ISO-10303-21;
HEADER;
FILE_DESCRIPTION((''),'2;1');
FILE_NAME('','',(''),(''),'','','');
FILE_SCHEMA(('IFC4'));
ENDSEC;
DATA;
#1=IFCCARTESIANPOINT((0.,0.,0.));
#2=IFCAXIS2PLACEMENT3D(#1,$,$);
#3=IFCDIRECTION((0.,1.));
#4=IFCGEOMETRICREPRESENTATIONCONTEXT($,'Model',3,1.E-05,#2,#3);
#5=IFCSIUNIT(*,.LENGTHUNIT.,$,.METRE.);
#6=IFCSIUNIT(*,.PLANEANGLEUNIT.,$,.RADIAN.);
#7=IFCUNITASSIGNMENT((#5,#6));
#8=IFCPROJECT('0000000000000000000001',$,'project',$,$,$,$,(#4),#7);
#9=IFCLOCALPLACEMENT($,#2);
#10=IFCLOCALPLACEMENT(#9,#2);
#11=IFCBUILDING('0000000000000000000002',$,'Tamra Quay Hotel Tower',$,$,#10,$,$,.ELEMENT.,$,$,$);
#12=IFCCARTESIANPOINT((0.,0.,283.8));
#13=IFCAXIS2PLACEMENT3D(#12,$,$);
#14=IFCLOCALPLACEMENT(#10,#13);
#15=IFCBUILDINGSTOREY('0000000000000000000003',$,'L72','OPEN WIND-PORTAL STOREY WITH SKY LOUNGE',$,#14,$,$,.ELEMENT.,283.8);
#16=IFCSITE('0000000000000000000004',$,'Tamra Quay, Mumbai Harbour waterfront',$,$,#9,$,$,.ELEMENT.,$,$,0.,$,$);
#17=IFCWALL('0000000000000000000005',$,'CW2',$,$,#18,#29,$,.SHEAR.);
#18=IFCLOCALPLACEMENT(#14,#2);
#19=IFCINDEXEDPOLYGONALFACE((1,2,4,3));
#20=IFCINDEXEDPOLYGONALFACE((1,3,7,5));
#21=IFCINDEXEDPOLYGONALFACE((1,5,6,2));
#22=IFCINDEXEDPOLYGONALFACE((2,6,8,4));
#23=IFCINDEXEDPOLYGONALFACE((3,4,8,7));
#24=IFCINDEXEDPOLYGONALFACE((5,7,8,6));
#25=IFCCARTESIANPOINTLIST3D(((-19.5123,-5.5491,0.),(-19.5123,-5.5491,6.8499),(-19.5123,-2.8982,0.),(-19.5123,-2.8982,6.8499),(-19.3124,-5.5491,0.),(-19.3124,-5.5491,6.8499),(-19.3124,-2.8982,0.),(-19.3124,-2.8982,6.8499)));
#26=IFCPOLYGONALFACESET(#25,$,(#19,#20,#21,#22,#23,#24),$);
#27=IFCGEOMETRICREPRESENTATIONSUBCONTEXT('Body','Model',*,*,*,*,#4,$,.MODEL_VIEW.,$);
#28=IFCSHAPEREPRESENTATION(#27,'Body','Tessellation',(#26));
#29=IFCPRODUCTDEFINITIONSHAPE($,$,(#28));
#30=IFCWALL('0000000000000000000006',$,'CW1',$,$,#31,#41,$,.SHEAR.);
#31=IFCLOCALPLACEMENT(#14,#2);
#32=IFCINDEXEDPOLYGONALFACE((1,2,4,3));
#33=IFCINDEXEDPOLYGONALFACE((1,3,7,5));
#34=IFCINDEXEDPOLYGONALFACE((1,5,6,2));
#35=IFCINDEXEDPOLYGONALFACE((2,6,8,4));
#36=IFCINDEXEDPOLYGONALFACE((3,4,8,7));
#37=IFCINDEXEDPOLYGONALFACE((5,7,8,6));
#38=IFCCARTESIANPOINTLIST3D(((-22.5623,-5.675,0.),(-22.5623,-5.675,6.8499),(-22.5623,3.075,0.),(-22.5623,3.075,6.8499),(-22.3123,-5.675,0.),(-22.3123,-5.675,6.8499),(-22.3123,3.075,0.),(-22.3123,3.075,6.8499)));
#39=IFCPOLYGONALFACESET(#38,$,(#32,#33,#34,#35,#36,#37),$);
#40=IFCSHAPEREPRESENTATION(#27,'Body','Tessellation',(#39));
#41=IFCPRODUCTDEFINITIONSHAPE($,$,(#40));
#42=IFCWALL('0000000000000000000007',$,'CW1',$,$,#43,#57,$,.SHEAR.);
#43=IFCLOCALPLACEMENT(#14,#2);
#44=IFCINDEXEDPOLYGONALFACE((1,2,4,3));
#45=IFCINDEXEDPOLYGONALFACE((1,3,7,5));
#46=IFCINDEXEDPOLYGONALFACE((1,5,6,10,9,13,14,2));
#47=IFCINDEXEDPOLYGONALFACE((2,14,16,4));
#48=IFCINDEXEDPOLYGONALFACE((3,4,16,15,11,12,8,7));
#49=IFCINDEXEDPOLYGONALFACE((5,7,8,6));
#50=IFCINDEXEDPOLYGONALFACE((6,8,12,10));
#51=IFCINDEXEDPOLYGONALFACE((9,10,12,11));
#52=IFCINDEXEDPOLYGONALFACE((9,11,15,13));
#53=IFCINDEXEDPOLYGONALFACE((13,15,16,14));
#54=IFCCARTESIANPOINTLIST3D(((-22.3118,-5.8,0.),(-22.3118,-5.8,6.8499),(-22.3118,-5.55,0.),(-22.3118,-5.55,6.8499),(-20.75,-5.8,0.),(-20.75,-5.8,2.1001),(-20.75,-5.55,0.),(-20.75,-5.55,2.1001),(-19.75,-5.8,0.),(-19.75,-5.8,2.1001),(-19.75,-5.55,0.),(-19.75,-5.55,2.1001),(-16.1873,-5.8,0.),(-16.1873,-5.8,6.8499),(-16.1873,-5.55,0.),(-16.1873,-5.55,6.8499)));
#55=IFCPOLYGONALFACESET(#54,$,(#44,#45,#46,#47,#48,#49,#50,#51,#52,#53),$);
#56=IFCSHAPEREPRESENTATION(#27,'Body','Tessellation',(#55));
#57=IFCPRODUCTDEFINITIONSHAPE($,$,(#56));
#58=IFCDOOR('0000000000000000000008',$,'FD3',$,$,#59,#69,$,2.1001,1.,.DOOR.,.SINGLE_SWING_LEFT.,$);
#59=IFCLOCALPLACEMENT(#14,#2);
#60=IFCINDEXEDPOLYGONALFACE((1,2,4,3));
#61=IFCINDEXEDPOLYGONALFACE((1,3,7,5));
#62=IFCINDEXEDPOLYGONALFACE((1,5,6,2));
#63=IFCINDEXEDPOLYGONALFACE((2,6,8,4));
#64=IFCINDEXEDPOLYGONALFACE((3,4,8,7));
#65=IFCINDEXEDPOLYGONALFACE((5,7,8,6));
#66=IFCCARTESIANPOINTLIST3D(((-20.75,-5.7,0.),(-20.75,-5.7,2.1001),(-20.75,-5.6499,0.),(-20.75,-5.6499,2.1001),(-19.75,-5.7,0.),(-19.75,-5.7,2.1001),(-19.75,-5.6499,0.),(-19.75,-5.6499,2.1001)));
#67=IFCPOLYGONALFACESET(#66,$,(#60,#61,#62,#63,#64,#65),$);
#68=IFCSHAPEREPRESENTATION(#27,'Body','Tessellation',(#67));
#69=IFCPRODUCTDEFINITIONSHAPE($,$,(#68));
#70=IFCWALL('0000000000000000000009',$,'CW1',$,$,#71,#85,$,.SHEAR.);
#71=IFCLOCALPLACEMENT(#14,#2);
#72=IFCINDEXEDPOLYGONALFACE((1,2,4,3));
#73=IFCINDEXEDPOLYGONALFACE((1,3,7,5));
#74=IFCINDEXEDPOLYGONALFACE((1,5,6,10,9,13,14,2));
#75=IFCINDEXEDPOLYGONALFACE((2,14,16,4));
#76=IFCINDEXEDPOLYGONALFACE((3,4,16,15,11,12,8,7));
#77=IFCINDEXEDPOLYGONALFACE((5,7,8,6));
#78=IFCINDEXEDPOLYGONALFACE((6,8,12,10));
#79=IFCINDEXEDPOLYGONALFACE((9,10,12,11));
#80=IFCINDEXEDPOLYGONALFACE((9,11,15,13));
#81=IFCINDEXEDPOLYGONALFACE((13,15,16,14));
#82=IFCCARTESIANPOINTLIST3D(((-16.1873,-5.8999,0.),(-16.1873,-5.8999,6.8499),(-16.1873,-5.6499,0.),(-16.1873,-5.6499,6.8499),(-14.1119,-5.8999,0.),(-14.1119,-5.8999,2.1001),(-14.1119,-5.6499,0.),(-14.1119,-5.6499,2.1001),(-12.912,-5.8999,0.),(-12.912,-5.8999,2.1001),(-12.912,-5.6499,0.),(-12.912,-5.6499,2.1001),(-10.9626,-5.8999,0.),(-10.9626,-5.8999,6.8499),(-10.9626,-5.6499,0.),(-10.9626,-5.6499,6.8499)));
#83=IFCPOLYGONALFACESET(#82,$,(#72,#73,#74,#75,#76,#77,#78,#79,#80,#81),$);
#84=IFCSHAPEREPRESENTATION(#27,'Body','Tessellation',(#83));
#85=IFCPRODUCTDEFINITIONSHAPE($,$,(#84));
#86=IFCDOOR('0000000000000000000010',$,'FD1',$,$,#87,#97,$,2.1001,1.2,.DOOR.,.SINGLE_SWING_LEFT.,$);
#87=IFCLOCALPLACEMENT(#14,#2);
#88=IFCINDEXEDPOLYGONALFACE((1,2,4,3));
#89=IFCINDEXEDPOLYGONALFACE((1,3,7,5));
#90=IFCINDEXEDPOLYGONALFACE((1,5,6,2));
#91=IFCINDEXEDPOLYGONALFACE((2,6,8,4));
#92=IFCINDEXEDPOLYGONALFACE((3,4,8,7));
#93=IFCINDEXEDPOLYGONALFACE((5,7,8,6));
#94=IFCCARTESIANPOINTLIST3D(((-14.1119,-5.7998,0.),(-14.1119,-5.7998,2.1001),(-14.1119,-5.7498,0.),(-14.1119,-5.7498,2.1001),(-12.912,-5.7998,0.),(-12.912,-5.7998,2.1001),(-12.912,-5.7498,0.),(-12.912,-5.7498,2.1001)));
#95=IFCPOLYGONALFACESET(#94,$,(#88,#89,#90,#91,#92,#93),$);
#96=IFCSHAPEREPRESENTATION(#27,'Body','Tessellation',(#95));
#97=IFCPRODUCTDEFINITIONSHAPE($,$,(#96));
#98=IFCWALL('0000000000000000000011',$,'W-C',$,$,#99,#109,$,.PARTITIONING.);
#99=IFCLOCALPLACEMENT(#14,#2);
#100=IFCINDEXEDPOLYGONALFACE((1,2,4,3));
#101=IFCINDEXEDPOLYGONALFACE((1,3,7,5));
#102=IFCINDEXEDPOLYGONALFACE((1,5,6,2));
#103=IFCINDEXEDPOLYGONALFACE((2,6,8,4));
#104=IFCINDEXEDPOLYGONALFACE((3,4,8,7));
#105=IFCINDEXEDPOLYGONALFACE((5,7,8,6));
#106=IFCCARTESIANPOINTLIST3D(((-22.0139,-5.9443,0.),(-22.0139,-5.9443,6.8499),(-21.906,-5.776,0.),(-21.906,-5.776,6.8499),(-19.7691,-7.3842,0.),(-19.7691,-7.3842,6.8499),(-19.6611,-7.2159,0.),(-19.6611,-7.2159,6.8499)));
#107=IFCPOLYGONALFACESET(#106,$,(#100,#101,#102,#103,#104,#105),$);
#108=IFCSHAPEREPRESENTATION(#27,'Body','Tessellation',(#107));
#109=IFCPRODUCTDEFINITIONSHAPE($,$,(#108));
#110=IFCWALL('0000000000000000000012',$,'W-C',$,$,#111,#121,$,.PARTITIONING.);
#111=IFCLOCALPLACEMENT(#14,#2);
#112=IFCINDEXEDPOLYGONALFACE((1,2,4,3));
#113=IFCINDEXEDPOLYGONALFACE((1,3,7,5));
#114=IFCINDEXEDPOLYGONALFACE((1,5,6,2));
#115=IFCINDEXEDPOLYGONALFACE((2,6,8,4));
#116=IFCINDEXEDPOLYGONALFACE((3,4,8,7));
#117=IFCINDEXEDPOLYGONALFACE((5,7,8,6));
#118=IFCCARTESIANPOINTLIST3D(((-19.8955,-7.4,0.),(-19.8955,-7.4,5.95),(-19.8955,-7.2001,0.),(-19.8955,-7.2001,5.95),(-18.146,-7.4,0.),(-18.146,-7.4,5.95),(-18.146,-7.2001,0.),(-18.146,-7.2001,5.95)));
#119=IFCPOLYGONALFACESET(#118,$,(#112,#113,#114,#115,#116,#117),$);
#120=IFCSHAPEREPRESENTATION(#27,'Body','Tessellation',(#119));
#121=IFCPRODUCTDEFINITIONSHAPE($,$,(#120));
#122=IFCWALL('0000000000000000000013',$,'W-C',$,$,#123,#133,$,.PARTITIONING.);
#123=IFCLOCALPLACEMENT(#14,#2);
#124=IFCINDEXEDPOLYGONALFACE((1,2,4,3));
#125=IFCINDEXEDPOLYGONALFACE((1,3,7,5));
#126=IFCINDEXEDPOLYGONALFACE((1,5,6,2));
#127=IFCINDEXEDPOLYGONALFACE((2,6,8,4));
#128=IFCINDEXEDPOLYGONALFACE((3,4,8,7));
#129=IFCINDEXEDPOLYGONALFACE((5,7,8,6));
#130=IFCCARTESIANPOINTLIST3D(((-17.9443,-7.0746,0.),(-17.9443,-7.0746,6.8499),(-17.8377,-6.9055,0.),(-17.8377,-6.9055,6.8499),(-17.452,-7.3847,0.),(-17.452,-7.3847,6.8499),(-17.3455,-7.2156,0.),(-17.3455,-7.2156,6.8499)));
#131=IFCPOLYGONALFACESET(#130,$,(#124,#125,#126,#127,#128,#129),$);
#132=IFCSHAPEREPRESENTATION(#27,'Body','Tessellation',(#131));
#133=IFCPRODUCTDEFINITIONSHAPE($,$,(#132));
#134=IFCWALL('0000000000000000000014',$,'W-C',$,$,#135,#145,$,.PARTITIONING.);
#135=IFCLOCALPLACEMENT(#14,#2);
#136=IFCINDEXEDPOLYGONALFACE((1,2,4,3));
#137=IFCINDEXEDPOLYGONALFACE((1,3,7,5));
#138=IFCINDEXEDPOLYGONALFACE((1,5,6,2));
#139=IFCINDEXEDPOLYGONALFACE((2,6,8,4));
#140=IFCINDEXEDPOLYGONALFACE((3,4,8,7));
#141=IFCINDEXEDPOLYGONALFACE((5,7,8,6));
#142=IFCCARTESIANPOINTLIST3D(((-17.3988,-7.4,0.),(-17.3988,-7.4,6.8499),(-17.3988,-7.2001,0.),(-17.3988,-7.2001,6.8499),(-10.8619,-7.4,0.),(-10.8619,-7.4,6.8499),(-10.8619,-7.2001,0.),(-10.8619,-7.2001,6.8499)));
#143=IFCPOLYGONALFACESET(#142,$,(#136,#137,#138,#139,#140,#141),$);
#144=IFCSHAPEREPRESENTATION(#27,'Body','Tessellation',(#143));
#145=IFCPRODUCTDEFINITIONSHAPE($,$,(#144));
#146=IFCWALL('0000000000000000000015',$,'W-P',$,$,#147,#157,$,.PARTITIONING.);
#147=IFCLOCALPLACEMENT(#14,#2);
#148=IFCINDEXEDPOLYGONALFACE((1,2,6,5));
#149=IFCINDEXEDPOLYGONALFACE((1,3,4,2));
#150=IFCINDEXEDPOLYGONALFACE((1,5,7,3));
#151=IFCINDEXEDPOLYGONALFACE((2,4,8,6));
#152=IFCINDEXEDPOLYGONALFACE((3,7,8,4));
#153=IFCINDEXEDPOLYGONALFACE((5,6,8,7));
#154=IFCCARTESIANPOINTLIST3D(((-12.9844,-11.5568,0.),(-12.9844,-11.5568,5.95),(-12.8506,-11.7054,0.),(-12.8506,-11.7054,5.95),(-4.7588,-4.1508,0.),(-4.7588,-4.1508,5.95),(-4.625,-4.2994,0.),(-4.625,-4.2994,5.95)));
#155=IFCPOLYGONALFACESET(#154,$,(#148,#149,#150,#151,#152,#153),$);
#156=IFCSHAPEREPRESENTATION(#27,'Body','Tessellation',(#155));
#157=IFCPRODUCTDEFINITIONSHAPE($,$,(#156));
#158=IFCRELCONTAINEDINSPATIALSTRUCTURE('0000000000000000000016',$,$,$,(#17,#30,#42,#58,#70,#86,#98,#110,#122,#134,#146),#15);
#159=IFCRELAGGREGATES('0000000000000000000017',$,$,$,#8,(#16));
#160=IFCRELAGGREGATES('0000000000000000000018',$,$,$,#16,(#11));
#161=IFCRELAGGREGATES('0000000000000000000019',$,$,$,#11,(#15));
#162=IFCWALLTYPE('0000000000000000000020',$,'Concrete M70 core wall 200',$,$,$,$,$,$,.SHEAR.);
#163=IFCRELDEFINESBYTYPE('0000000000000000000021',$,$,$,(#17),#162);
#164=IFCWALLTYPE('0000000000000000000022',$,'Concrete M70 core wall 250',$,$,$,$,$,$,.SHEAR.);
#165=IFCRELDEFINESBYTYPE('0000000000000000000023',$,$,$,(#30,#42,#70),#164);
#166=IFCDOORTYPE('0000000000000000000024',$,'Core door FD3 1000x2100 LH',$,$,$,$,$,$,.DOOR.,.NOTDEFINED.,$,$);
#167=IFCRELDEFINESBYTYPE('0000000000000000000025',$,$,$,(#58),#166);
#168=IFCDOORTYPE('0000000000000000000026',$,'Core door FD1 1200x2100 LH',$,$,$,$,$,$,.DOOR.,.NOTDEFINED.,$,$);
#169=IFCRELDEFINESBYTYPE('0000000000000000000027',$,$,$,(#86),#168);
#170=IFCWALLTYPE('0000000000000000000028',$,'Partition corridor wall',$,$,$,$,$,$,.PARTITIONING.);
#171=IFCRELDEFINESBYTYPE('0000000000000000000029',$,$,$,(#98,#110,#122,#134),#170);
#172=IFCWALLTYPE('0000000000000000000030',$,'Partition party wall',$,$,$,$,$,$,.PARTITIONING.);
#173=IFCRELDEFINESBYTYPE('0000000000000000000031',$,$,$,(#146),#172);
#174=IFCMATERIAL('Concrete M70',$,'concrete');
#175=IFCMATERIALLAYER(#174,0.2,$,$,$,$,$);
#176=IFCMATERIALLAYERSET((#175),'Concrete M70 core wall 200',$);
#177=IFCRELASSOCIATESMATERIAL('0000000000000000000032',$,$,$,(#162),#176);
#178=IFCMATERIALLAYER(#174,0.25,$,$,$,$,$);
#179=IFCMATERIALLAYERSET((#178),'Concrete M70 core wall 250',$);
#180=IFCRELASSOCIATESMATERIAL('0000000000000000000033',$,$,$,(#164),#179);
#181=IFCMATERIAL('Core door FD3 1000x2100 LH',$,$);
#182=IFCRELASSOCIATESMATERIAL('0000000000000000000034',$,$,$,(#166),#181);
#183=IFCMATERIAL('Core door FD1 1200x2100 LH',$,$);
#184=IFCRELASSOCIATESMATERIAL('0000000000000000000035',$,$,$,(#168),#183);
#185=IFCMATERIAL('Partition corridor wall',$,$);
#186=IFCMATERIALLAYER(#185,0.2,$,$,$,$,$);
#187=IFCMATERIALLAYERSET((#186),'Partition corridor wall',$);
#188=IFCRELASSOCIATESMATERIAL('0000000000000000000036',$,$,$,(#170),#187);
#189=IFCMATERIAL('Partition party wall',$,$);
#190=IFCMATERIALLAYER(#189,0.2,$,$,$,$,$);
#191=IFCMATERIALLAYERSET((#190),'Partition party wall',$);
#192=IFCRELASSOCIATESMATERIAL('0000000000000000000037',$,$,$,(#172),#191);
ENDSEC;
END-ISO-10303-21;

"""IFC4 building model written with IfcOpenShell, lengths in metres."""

from ifc_helpers import new_model, si_unit, direction, frame, frame_2d, origin, place, context, subcontext, project, spatial, rectangle, extrude, material, layer, layer_set, type_object, element, fill, save


model = new_model("IFC4")

# Units and contexts
model_context = context("Model", 3, precision=1e-05, world=origin(), true_north=direction((0.0, 1.0)))
body_context = subcontext(model_context, "Body", "Model", "MODEL_VIEW")
ifc_project = project(units=[si_unit("LENGTHUNIT", "METRE"), si_unit("PLANEANGLEUNIT", "RADIAN")], contexts=[model_context])

# Site, building, storey
site_placement = place(None, origin())
site = spatial("IfcSite", under=ifc_project, at=site_placement, Name="Tamra Quay, Mumbai Harbour waterfront", CompositionType="ELEMENT", RefElevation=0.0)
building_placement = place(site_placement, origin())
building = spatial("IfcBuilding", under=site, at=building_placement, Name="Tamra Quay Hotel Tower", CompositionType="ELEMENT")
storey_placement = place(building_placement, frame((0.0, 0.0, 283.8)))
storey = spatial("IfcBuildingStorey", under=building, at=storey_placement, Name="L72", Description="OPEN WIND-PORTAL STOREY WITH SKY LOUNGE", CompositionType="ELEMENT", Elevation=283.8)

# Shared definitions
ifc_material_1 = material(Name="Concrete M70", Category="concrete")

# Shared definitions
ifc_layer_1 = layer(ifc_material_1, 0.2)
ifc_layer_set_1 = layer_set([ifc_layer_1], Name="Concrete M70 core wall 200")
wall_type_1 = type_object("IfcWallType", Name="Concrete M70 core wall 200", PredefinedType="SHEAR", material=ifc_layer_set_1)

# Walls
wall_1_placement = place(storey_placement, frame((-19.4124, -5.5491, 0.0), z_axis=(0.0, 0.0, 1.0), x_axis=(0.0, 1.0, 0.0)))
element("IfcWall", 1, at=wall_1_placement, inside=storey, type_object=wall_type_1, Name="CW2", PredefinedType="SHEAR", context=body_context, shape_type="SweptSolid", body=[
    extrude(rectangle(XDim=2.6509, YDim=0.2, at=frame_2d((1.3254, 0.0))), origin(), (0.0, 0.0, 1.0), 6.8499),
])
ifc_layer_2 = layer(ifc_material_1, 0.25)
ifc_layer_set_2 = layer_set([ifc_layer_2], Name="Concrete M70 core wall 250")
wall_type_2 = type_object("IfcWallType", Name="Concrete M70 core wall 250", PredefinedType="SHEAR", material=ifc_layer_set_2)
wall_2_placement = place(storey_placement, frame((-22.4373, -5.675, 0.0), z_axis=(0.0, 0.0, 1.0), x_axis=(0.0, 1.0, 0.0)))
element("IfcWall", 2, at=wall_2_placement, inside=storey, type_object=wall_type_2, Name="CW1", PredefinedType="SHEAR", context=body_context, shape_type="SweptSolid", body=[
    extrude(rectangle(XDim=8.75, YDim=0.25, at=frame_2d((4.375, 0.0))), origin(), (0.0, 0.0, 1.0), 6.8499),
])

# Walls, openings, doors
wall_3_placement = place(storey_placement, frame((-16.1873, -5.675, 0.0), z_axis=(0.0, 0.0, 1.0), x_axis=(-1.0, 0.0, 0.0)))
wall_3 = element("IfcWall", 3, at=wall_3_placement, inside=storey, type_object=wall_type_2, Name="CW1", PredefinedType="SHEAR", context=body_context, shape_type="SweptSolid", body=[
    extrude(rectangle(XDim=6.1245, YDim=0.25, at=frame_2d((3.0623, 0.0))), origin(), (0.0, 0.0, 1.0), 6.8499),
])
opening_1_placement = place(wall_3_placement, frame((3.5627, 0.0, 0.0)))
opening_1 = element("IfcOpeningElement", 4, at=opening_1_placement, cuts=wall_3, PredefinedType="OPENING", context=body_context, shape_type="SweptSolid", body=[
    extrude(rectangle(XDim=1.0, YDim=2.1001, at=frame_2d((0.5, 1.05))), frame((0.0, 0.135, 0.0), z_axis=(0.0, -1.0, 0.0), x_axis=(1.0, 0.0, 0.0)), (0.0, 0.0, 1.0), 0.27),
])
ifc_material_2 = material(Name="Core door FD3 1000x2100 LH")
door_type_1 = type_object("IfcDoorType", Name="Core door FD3 1000x2100 LH", OperationType="NOTDEFINED", PredefinedType="DOOR", material=ifc_material_2)
door_1_placement = place(opening_1_placement, origin())
door_1 = element("IfcDoor", 5, at=door_1_placement, inside=storey, type_object=door_type_1, Name="FD3", OperationType="SINGLE_SWING_LEFT", OverallHeight=2.1001, OverallWidth=1.0, PredefinedType="DOOR", context=body_context, shape_type="SweptSolid", body=[
    extrude(rectangle(XDim=1.0, YDim=2.1001, at=frame_2d((0.5, 1.05))), frame((0.0, 0.0249, 0.0), z_axis=(0.0, -1.0, 0.0), x_axis=(1.0, 0.0, 0.0)), (0.0, 0.0, 1.0), 0.05),
])
fill(opening_1, door_1)
wall_4_placement = place(storey_placement, frame((-10.9626, -5.7749, 0.0), z_axis=(0.0, 0.0, 1.0), x_axis=(-1.0, 0.0, 0.0)))
wall_4 = element("IfcWall", 6, at=wall_4_placement, inside=storey, type_object=wall_type_2, Name="CW1", PredefinedType="SHEAR", context=body_context, shape_type="SweptSolid", body=[
    extrude(rectangle(XDim=5.2246, YDim=0.25, at=frame_2d((2.6123, 0.0))), origin(), (0.0, 0.0, 1.0), 6.8499),
])
opening_2_placement = place(wall_4_placement, frame((1.9492, 0.0, 0.0)))
opening_2 = element("IfcOpeningElement", 7, at=opening_2_placement, cuts=wall_4, PredefinedType="OPENING", context=body_context, shape_type="SweptSolid", body=[
    extrude(rectangle(XDim=1.2, YDim=2.1001, at=frame_2d((0.6001, 1.05))), frame((0.0, 0.135, 0.0), z_axis=(0.0, -1.0, 0.0), x_axis=(1.0, 0.0, 0.0)), (0.0, 0.0, 1.0), 0.27),
])
ifc_material_3 = material(Name="Core door FD1 1200x2100 LH")
door_type_2 = type_object("IfcDoorType", Name="Core door FD1 1200x2100 LH", OperationType="NOTDEFINED", PredefinedType="DOOR", material=ifc_material_3)
door_2_placement = place(opening_2_placement, origin())
door_2 = element("IfcDoor", 8, at=door_2_placement, inside=storey, type_object=door_type_2, Name="FD1", OperationType="SINGLE_SWING_LEFT", OverallHeight=2.1001, OverallWidth=1.2, PredefinedType="DOOR", context=body_context, shape_type="SweptSolid", body=[
    extrude(rectangle(XDim=1.2, YDim=2.1001, at=frame_2d((0.6001, 1.05))), frame((0.0, 0.0249, 0.0), z_axis=(0.0, -1.0, 0.0), x_axis=(1.0, 0.0, 0.0)), (0.0, 0.0, 1.0), 0.05),
])
fill(opening_2, door_2)

# Walls
ifc_material_4 = material(Name="Partition corridor wall")
ifc_layer_3 = layer(ifc_material_4, 0.2)
ifc_layer_set_3 = layer_set([ifc_layer_3], Name="Partition corridor wall")
wall_type_3 = type_object("IfcWallType", Name="Partition corridor wall", PredefinedType="PARTITIONING", material=ifc_layer_set_3)
wall_5_placement = place(storey_placement, frame((-21.96, -5.8601, 0.0), z_axis=(0.0, 0.0, 1.0), x_axis=(0.841722, -0.539911, 0.0)))
element("IfcWall", 9, at=wall_5_placement, inside=storey, type_object=wall_type_3, Name="W-C", PredefinedType="PARTITIONING", context=body_context, shape_type="SweptSolid", body=[
    extrude(rectangle(XDim=2.667, YDim=0.2, at=frame_2d((1.3335, 0.0))), origin(), (0.0, 0.0, 1.0), 6.8499),
])
wall_6_placement = place(storey_placement, frame((-19.8955, -7.3, 0.0), z_axis=(0.0, 0.0, 1.0), x_axis=(1.0, 0.0, 0.0)))
element("IfcWall", 10, at=wall_6_placement, inside=storey, type_object=wall_type_3, Name="W-C", PredefinedType="PARTITIONING", context=body_context, shape_type="SweptSolid", body=[
    extrude(rectangle(XDim=1.7495, YDim=0.2, at=frame_2d((0.8748, 0.0))), origin(), (0.0, 0.0, 1.0), 5.95),
])
wall_7_placement = place(storey_placement, frame((-17.8911, -6.99, 0.0), z_axis=(0.0, 0.0, 1.0), x_axis=(0.846107, -0.533014, 0.0)))
element("IfcWall", 11, at=wall_7_placement, inside=storey, type_object=wall_type_3, Name="W-C", PredefinedType="PARTITIONING", context=body_context, shape_type="SweptSolid", body=[
    extrude(rectangle(XDim=0.5818, YDim=0.2, at=frame_2d((0.291, 0.0))), origin(), (0.0, 0.0, 1.0), 6.8499),
])
wall_8_placement = place(storey_placement, frame((-17.3989, -7.3, 0.0), z_axis=(0.0, 0.0, 1.0), x_axis=(1.0, 0.0, 0.0)))
element("IfcWall", 12, at=wall_8_placement, inside=storey, type_object=wall_type_3, Name="W-C", PredefinedType="PARTITIONING", context=body_context, shape_type="SweptSolid", body=[
    extrude(rectangle(XDim=6.5369, YDim=0.2, at=frame_2d((3.2686, 0.0))), origin(), (0.0, 0.0, 1.0), 6.8499),
])
ifc_material_5 = material(Name="Partition party wall")
ifc_layer_4 = layer(ifc_material_5, 0.2)
ifc_layer_set_4 = layer_set([ifc_layer_4], Name="Partition party wall")
wall_type_4 = type_object("IfcWallType", Name="Partition party wall", PredefinedType="PARTITIONING", material=ifc_layer_set_4)
wall_9_placement = place(storey_placement, frame((-12.9175, -11.6311, 0.0), z_axis=(0.0, 0.0, 1.0), x_axis=(0.74316, 0.669113, 0.0)))
element("IfcWall", 13, at=wall_9_placement, inside=storey, type_object=wall_type_4, Name="W-P", PredefinedType="PARTITIONING", context=body_context, shape_type="SweptSolid", body=[
    extrude(rectangle(XDim=11.0684, YDim=0.2, at=frame_2d((5.5342, 0.0))), origin(), (0.0, 0.0, 1.0), 5.95),
])

save(model, "model.ifc")
